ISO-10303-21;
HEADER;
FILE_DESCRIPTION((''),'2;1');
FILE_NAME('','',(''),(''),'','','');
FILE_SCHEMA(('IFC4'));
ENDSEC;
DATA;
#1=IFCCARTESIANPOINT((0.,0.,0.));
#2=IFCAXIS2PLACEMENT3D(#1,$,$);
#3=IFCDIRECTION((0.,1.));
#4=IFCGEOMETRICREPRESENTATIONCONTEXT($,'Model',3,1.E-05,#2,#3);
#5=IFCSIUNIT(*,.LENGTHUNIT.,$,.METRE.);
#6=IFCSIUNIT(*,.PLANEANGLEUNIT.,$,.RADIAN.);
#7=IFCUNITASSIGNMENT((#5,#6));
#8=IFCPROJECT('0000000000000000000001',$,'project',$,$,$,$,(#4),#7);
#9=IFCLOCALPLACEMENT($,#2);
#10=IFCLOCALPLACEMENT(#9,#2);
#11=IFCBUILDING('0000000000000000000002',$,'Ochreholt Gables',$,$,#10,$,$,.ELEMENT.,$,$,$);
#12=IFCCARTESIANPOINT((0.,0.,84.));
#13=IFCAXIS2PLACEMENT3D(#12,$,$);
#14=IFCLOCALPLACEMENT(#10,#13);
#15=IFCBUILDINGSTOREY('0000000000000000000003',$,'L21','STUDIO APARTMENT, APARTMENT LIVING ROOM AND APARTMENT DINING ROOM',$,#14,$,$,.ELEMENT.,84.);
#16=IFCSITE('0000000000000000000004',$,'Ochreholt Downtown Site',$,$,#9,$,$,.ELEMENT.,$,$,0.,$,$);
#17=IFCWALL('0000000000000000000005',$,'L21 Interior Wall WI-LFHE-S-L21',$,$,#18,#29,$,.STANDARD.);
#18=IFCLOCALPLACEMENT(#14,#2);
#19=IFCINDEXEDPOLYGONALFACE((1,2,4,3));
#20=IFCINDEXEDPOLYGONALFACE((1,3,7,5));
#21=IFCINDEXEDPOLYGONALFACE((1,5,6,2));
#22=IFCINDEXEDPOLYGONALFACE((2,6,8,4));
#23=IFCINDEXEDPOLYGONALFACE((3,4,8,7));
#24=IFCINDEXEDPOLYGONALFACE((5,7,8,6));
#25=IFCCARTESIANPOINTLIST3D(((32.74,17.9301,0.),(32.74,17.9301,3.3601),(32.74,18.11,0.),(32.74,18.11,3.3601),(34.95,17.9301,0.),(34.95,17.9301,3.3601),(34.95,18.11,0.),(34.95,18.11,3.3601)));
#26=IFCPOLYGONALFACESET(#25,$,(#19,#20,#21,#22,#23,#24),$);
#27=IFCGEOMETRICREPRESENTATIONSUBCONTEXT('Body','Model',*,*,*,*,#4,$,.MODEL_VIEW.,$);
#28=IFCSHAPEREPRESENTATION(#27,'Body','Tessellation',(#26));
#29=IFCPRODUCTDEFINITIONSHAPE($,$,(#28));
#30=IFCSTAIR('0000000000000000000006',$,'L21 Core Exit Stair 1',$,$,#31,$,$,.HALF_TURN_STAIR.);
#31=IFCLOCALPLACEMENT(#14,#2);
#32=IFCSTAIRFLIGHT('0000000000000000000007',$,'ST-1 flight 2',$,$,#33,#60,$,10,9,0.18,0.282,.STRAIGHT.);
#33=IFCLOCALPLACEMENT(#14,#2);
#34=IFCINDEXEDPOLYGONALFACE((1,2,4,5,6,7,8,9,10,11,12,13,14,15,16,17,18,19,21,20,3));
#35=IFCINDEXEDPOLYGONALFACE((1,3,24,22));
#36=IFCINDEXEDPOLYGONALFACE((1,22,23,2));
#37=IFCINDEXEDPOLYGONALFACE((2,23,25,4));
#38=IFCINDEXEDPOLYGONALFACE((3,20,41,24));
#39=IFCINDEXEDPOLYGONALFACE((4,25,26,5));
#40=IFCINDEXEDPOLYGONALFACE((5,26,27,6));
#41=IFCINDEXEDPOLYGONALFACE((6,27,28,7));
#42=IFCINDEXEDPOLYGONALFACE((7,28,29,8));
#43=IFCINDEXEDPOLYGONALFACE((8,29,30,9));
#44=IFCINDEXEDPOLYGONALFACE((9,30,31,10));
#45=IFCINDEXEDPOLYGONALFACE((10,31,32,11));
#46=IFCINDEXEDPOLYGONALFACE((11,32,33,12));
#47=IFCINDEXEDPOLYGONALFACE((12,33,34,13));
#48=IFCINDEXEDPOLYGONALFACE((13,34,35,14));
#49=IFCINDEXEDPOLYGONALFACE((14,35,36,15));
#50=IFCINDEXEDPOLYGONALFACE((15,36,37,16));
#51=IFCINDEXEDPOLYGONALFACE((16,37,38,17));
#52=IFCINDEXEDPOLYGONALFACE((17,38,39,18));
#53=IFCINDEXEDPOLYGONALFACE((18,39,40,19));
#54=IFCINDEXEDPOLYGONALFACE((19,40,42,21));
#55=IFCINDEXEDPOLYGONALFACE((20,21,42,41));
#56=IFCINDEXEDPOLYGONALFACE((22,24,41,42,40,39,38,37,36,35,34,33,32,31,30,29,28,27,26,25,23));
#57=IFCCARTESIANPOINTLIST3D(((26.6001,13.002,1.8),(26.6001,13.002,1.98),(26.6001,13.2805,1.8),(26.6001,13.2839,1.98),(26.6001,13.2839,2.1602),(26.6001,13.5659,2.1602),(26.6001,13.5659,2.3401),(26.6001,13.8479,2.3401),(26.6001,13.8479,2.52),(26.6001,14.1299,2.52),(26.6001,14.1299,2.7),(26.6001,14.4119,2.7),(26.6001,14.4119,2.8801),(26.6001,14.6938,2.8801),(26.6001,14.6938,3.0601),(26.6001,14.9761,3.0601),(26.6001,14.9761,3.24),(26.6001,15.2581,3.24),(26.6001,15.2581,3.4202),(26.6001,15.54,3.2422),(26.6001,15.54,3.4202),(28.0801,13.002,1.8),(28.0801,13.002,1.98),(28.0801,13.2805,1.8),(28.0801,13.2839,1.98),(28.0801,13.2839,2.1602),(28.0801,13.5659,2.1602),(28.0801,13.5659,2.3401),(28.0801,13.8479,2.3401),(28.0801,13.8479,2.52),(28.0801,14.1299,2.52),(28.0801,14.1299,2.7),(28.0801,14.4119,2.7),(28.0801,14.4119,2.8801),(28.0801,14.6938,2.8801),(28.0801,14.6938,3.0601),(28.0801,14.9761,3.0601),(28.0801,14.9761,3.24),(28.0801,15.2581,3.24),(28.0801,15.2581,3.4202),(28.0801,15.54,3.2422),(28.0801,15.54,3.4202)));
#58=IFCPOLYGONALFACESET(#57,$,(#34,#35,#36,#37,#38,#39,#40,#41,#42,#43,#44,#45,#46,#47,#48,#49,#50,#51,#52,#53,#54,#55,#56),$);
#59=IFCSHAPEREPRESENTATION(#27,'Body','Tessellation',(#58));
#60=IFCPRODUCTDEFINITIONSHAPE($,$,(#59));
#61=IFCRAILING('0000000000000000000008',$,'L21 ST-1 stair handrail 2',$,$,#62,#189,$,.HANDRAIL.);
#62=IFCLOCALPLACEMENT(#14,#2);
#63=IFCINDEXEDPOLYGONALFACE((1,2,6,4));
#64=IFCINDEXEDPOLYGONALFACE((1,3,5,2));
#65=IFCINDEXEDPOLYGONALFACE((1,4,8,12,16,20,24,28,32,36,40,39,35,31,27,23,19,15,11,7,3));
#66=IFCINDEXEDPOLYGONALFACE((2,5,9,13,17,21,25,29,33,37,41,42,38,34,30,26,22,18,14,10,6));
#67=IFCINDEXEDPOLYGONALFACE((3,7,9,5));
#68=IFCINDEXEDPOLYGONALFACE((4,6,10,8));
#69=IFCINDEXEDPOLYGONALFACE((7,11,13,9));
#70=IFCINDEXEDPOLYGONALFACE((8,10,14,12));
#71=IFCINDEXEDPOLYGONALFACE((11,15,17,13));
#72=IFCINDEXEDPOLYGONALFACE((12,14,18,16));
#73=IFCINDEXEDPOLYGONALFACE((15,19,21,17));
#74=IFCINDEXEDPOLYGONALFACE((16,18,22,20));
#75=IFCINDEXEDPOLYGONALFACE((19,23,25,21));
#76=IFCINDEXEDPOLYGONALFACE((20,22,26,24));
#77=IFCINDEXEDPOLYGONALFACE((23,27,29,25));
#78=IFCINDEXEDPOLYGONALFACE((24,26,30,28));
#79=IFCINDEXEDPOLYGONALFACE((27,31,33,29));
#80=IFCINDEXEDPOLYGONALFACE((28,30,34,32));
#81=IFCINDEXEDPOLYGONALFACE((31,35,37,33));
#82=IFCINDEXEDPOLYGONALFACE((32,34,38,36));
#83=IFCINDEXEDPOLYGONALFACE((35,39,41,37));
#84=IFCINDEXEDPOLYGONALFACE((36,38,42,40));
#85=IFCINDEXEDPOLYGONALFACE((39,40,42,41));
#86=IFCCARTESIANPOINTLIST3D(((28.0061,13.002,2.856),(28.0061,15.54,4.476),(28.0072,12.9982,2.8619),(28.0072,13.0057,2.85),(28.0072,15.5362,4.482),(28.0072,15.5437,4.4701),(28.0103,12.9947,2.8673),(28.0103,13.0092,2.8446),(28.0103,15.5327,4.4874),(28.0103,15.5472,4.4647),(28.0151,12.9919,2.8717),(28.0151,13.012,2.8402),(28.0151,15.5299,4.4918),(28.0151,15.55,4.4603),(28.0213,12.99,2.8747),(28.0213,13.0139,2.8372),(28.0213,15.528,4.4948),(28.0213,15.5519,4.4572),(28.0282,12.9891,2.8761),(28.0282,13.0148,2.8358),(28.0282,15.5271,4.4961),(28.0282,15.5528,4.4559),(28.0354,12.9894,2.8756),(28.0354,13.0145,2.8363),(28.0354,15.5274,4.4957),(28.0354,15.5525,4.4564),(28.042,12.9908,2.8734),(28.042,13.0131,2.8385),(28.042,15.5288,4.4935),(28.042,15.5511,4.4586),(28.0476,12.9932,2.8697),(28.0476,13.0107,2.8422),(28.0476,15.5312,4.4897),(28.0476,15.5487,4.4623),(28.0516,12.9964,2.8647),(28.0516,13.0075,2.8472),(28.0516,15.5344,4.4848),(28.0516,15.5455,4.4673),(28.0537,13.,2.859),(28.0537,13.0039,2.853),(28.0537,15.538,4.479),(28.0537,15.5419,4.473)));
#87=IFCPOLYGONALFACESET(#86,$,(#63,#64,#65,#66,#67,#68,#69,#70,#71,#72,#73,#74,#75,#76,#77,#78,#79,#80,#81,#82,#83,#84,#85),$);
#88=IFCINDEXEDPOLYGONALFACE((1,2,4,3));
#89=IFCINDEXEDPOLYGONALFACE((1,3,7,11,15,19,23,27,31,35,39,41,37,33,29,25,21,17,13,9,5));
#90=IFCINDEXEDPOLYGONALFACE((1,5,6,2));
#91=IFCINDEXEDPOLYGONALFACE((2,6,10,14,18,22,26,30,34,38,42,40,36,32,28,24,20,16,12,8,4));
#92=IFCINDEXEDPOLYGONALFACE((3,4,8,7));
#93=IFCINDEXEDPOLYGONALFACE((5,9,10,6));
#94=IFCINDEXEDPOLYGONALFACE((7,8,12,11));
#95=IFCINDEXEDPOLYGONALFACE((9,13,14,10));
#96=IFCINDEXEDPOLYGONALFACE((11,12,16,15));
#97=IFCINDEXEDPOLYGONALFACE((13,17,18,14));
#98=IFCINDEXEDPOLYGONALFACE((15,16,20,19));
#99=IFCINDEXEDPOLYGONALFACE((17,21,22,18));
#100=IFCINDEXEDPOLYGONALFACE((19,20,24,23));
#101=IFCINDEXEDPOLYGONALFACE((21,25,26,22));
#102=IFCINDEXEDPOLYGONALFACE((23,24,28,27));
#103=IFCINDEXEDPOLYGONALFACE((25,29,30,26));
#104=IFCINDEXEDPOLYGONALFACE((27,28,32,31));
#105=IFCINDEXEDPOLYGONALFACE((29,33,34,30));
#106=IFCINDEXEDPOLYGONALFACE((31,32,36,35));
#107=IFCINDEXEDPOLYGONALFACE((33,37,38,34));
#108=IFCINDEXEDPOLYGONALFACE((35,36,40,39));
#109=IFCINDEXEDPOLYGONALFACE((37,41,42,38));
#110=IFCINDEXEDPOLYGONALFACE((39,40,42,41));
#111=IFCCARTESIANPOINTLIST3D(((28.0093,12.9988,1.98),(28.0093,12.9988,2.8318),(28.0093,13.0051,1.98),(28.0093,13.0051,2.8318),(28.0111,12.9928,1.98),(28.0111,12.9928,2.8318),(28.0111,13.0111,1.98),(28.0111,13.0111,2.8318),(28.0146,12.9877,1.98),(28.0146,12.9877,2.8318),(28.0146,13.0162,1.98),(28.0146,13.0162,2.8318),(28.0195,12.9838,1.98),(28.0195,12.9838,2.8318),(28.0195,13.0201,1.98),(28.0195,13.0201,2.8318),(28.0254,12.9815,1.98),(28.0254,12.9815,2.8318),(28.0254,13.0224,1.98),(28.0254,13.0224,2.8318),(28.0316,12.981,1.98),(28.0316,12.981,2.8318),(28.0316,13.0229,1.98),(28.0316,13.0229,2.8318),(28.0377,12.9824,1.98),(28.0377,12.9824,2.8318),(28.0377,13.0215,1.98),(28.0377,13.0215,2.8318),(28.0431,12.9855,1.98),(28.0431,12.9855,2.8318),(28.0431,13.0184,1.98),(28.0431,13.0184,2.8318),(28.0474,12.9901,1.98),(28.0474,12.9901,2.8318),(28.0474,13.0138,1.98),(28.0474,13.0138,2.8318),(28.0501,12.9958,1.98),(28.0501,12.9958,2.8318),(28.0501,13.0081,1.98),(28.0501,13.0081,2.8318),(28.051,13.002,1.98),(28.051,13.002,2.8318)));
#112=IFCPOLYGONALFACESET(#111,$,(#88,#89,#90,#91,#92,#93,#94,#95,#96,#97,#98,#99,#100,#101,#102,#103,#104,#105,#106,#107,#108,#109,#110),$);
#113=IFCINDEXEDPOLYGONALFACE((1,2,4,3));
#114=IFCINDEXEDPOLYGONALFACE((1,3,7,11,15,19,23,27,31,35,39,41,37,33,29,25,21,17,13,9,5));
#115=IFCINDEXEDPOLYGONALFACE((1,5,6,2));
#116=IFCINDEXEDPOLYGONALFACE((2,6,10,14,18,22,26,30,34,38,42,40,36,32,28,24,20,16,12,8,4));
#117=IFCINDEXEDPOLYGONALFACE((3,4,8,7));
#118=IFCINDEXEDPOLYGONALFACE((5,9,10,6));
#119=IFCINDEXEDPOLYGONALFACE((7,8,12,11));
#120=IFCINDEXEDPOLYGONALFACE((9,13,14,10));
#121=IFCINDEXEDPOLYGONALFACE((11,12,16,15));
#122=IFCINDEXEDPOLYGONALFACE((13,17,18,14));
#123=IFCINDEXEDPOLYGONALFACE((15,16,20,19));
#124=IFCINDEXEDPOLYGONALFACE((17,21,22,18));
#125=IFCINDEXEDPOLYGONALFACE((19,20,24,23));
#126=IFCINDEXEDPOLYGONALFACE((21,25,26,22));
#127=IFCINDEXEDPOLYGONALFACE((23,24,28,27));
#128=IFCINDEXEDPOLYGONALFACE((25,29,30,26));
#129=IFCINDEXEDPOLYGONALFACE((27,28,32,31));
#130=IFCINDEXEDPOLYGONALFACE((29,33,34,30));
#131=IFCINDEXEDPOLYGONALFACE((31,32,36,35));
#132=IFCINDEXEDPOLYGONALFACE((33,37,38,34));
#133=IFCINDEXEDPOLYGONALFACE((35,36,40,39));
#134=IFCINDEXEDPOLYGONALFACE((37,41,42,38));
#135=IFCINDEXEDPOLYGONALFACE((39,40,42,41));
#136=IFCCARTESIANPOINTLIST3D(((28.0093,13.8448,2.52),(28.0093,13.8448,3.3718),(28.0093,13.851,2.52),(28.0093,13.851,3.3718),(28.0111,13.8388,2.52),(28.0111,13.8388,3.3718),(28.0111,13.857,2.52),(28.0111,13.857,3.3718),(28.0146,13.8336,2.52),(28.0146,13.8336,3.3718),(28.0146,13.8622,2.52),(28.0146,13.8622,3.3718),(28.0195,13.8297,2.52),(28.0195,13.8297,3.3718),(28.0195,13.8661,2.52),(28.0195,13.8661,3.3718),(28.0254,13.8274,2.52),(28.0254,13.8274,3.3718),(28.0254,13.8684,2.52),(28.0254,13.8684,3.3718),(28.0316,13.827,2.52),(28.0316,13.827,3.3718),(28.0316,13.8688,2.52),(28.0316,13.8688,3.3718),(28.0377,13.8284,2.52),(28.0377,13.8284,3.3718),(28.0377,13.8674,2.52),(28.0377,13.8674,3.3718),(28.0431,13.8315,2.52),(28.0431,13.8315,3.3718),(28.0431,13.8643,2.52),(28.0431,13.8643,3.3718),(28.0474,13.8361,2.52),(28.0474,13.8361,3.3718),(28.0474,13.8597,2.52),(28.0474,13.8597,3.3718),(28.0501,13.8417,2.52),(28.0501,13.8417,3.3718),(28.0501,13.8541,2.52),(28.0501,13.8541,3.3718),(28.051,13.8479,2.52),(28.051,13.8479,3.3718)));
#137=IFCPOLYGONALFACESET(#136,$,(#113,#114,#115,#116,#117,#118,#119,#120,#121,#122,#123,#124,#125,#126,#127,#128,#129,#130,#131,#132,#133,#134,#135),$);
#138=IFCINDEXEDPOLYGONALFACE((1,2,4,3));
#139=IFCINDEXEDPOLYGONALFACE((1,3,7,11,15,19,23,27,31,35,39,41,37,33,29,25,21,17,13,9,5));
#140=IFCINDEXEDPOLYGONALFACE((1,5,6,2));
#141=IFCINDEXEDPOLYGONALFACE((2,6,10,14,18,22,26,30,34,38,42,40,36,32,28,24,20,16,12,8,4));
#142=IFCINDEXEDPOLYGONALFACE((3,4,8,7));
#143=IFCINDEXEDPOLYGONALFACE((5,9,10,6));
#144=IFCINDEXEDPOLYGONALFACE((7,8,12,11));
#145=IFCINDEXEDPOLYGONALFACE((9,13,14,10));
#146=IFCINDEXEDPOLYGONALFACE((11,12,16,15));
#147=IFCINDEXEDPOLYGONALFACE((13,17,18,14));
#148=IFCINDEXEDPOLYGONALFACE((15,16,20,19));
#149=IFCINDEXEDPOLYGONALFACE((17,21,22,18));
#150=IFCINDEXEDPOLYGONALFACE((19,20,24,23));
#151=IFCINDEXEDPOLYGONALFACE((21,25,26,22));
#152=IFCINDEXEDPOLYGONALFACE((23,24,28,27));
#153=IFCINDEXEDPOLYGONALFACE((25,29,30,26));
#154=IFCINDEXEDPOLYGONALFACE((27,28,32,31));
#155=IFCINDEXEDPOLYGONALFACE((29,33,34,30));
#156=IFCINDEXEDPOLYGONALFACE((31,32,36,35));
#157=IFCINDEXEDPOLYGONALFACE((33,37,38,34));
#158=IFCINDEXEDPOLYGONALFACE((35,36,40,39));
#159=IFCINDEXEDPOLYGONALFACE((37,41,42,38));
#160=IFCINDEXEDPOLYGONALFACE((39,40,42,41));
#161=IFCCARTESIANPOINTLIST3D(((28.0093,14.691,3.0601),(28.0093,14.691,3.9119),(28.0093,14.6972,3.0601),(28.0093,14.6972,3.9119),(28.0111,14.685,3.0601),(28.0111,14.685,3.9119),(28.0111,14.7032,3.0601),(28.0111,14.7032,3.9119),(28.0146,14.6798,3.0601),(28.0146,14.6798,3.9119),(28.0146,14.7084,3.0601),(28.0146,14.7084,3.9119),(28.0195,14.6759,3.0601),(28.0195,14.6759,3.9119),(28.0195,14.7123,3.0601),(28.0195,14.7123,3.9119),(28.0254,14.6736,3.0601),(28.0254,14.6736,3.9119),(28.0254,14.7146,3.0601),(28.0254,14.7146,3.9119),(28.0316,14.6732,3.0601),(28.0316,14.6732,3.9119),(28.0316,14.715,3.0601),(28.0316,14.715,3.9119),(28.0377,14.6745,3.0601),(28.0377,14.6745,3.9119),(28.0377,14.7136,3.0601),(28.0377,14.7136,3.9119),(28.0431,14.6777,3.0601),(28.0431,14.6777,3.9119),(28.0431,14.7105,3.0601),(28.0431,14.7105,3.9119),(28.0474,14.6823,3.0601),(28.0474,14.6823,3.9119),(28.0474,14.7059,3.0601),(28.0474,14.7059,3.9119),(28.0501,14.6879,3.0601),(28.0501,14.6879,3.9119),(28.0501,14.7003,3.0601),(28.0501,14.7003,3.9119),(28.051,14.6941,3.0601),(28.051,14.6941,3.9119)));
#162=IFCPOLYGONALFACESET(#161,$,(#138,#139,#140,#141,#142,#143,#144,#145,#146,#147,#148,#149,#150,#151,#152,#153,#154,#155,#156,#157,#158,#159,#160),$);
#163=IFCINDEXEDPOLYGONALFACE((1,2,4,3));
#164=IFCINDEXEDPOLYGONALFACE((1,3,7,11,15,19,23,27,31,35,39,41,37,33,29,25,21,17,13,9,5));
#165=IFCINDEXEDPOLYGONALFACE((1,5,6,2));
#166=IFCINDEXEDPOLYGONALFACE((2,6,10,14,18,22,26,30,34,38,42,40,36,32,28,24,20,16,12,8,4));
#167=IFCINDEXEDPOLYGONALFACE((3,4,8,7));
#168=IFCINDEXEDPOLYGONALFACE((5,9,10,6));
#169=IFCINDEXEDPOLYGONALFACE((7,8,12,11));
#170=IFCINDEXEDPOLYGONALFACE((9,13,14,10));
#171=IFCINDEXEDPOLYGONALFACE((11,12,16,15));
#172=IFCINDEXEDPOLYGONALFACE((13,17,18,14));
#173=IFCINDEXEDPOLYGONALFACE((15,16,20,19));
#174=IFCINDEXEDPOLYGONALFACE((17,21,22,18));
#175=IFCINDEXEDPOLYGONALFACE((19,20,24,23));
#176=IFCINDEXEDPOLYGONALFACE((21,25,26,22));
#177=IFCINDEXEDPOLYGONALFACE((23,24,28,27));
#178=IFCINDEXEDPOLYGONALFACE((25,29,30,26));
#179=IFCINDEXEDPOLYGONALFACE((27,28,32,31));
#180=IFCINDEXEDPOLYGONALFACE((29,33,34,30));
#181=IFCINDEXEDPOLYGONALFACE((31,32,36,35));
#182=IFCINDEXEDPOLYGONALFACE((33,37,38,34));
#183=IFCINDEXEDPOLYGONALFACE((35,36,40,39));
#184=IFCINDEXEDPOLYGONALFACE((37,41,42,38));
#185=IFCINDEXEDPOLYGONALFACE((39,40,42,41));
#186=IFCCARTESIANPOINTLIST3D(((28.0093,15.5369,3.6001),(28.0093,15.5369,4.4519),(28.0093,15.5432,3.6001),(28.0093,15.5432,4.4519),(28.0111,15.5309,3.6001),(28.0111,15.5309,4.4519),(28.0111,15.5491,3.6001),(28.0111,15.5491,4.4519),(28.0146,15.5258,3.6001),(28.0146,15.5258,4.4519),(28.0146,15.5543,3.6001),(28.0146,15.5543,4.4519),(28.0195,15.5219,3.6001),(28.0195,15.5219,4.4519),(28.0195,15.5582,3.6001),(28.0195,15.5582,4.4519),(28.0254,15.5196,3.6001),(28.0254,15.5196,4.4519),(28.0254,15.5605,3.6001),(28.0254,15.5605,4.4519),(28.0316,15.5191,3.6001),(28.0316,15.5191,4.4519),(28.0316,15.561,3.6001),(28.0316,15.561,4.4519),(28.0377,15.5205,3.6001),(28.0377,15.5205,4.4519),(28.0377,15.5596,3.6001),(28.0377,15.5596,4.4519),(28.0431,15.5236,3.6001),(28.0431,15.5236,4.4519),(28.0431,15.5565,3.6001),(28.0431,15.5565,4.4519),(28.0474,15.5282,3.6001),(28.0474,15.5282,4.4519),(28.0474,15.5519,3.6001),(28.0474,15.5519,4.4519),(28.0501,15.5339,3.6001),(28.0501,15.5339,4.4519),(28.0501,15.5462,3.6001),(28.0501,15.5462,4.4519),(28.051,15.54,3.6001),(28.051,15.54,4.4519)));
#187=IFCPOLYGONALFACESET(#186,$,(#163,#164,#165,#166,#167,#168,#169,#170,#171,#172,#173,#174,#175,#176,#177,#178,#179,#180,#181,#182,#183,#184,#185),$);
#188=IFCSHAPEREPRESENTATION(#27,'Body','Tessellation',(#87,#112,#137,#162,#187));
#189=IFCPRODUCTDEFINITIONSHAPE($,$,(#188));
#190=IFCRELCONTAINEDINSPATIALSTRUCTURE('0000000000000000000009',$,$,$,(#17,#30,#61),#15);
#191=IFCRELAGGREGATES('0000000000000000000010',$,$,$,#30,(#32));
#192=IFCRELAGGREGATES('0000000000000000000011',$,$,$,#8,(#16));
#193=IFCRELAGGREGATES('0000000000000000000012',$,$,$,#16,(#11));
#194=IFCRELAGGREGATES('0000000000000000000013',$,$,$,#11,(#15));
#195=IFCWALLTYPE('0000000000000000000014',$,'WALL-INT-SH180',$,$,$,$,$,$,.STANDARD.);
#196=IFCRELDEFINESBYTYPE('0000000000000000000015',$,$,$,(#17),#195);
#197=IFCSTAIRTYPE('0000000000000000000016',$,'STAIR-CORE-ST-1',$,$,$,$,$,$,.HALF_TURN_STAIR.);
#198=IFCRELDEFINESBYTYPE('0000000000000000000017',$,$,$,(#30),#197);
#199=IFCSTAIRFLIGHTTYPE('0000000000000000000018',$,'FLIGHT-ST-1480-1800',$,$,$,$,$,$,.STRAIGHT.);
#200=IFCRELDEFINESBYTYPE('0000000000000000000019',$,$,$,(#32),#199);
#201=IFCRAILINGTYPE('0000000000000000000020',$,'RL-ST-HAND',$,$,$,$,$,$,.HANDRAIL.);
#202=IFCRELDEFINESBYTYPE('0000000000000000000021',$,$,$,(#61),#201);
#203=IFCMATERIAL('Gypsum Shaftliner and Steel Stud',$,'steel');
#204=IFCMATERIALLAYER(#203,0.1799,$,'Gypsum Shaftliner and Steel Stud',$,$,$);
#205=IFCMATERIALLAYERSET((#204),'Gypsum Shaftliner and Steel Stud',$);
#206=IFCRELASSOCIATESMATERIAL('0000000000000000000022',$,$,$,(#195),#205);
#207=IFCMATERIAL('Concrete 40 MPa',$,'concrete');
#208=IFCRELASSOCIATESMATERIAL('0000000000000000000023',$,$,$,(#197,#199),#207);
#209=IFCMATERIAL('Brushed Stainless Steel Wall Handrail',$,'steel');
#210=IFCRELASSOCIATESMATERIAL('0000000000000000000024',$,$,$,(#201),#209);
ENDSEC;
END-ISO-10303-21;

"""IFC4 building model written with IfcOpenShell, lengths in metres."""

from ifc_helpers import new_model, si_unit, direction, frame, frame_2d, origin, origin_2d, place, context, subcontext, project, spatial, polyline, rectangle, circle, outline, extrude, material, layer, layer_set, type_object, element, aggregate, save


model = new_model("IFC4")

# Units and contexts
model_context = context("Model", 3, precision=1e-05, world=origin(), true_north=direction((0.0, 1.0)))
body_context = subcontext(model_context, "Body", "Model", "MODEL_VIEW")
ifc_project = project(units=[si_unit("LENGTHUNIT", "METRE"), si_unit("PLANEANGLEUNIT", "RADIAN")], contexts=[model_context])

# Site, building, storey
site_placement = place(None, origin())
site = spatial("IfcSite", under=ifc_project, at=site_placement, Name="Ochreholt Downtown Site", CompositionType="ELEMENT", RefElevation=0.0)
building_placement = place(site_placement, origin())
building = spatial("IfcBuilding", under=site, at=building_placement, Name="Ochreholt Gables", CompositionType="ELEMENT")
storey_placement = place(building_placement, frame((0.0, 0.0, 84.0)))
storey = spatial("IfcBuildingStorey", under=building, at=storey_placement, Name="L21", Description="STUDIO APARTMENT, APARTMENT LIVING ROOM AND APARTMENT DINING ROOM", CompositionType="ELEMENT", Elevation=84.0)

# Shared definitions
ifc_material_1 = material(Name="Concrete 40 MPa", Category="concrete")

# Wall
ifc_material_2 = material(Name="Gypsum Shaftliner and Steel Stud", Category="steel")
ifc_layer_1 = layer(ifc_material_2, 0.1799, Name="Gypsum Shaftliner and Steel Stud")
ifc_layer_set_1 = layer_set([ifc_layer_1], Name="Gypsum Shaftliner and Steel Stud")
wall_type_1 = type_object("IfcWallType", Name="WALL-INT-SH180", PredefinedType="STANDARD", material=ifc_layer_set_1)
wall_1_placement = place(storey_placement, frame((32.74, 18.02, 0.0), z_axis=(0.0, 0.0, 1.0), x_axis=(1.0, 0.0, 0.0)))
element("IfcWall", 1, at=wall_1_placement, inside=storey, type_object=wall_type_1, Name="L21 Interior Wall WI-LFHE-S-L21", PredefinedType="STANDARD", context=body_context, shape_type="SweptSolid", body=[
    extrude(rectangle(XDim=2.21, YDim=0.1799, at=frame_2d((1.105, 0.0))), origin(), (0.0, 0.0, 1.0), 3.3601),
])

# Stair, stair flight
stair_type = type_object("IfcStairType", Name="STAIR-CORE-ST-1", PredefinedType="HALF_TURN_STAIR", material=ifc_material_1)
stair_placement = place(storey_placement, origin())
stair = element("IfcStair", 2, at=stair_placement, inside=storey, type_object=stair_type, Name="L21 Core Exit Stair 1", PredefinedType="HALF_TURN_STAIR")
stair_flight_type = type_object("IfcStairFlightType", Name="FLIGHT-ST-1480-1800", PredefinedType="STRAIGHT", material=ifc_material_1)
stair_flight_placement = place(storey_placement, frame((27.3401, 13.002, 1.8), z_axis=(0.0, 0.0, 1.0), x_axis=(0.0, 1.0, 0.0)))
stair_flight = element("IfcStairFlight", 3, at=stair_flight_placement, type_object=stair_flight_type, Name="ST-1 flight 2", NumberOfRisers=10, NumberOfTreads=9, PredefinedType="STRAIGHT", RiserHeight=0.18, TreadLength=0.282, context=body_context, shape_type="SweptSolid", body=[
    extrude(outline(polyline([(0.0, 0.0), (0.0, 0.1799), (0.282, 0.1799), (0.282, 0.3601), (0.564, 0.3601), (0.564, 0.54), (0.8459, 0.54), (0.8459, 0.72), (1.1279, 0.72), (1.1279, 0.8999), (1.4099, 0.8999), (1.4099, 1.0801), (1.6919, 1.0801), (1.6919, 1.26), (1.9741, 1.26), (1.9741, 1.4399), (2.2561, 1.4399), (2.2561, 1.6201), (2.5381, 1.6201), (2.5381, 1.8), (2.5381, 1.4421), (0.2786, 0.0), (0.0, 0.0)])), frame((0.0, 0.74, 0.0), z_axis=(0.0, -1.0, 0.0), x_axis=(1.0, 0.0, 0.0)), (0.0, 0.0, 1.0), 1.48),
])
aggregate(stair, [stair_flight])

# Railing
ifc_material_3 = material(Name="Brushed Stainless Steel Wall Handrail", Category="steel")
railing_type = type_object("IfcRailingType", Name="RL-ST-HAND", PredefinedType="HANDRAIL", material=ifc_material_3)
railing_placement = place(storey_placement, frame((28.03, 13.002, 1.98)))
element("IfcRailing", 4, at=railing_placement, inside=storey, type_object=railing_type, Name="L21 ST-1 stair handrail 2", PredefinedType="HANDRAIL", context=body_context, shape_type="SweptSolid", body=[
    extrude(circle(Radius=0.0239, at=origin_2d()), frame((0.0, 0.0, 0.876), z_axis=(0.0, 0.842913, 0.53805), x_axis=(-1.0, 0.0, 0.0)), (0.0, 0.0, 1.0), 3.011),
    extrude(circle(Radius=0.021, at=origin_2d()), origin(), (0.0, 0.0, 1.0), 0.8518),
    extrude(circle(Radius=0.021, at=origin_2d()), frame((0.0, 0.8459, 0.54)), (0.0, 0.0, 1.0), 0.8518),
    extrude(circle(Radius=0.021, at=origin_2d()), frame((0.0, 1.6921, 1.0801)), (0.0, 0.0, 1.0), 0.8518),
    extrude(circle(Radius=0.021, at=origin_2d()), frame((0.0, 2.5381, 1.6201)), (0.0, 0.0, 1.0), 0.8518),
])

save(model, "model.ifc")
